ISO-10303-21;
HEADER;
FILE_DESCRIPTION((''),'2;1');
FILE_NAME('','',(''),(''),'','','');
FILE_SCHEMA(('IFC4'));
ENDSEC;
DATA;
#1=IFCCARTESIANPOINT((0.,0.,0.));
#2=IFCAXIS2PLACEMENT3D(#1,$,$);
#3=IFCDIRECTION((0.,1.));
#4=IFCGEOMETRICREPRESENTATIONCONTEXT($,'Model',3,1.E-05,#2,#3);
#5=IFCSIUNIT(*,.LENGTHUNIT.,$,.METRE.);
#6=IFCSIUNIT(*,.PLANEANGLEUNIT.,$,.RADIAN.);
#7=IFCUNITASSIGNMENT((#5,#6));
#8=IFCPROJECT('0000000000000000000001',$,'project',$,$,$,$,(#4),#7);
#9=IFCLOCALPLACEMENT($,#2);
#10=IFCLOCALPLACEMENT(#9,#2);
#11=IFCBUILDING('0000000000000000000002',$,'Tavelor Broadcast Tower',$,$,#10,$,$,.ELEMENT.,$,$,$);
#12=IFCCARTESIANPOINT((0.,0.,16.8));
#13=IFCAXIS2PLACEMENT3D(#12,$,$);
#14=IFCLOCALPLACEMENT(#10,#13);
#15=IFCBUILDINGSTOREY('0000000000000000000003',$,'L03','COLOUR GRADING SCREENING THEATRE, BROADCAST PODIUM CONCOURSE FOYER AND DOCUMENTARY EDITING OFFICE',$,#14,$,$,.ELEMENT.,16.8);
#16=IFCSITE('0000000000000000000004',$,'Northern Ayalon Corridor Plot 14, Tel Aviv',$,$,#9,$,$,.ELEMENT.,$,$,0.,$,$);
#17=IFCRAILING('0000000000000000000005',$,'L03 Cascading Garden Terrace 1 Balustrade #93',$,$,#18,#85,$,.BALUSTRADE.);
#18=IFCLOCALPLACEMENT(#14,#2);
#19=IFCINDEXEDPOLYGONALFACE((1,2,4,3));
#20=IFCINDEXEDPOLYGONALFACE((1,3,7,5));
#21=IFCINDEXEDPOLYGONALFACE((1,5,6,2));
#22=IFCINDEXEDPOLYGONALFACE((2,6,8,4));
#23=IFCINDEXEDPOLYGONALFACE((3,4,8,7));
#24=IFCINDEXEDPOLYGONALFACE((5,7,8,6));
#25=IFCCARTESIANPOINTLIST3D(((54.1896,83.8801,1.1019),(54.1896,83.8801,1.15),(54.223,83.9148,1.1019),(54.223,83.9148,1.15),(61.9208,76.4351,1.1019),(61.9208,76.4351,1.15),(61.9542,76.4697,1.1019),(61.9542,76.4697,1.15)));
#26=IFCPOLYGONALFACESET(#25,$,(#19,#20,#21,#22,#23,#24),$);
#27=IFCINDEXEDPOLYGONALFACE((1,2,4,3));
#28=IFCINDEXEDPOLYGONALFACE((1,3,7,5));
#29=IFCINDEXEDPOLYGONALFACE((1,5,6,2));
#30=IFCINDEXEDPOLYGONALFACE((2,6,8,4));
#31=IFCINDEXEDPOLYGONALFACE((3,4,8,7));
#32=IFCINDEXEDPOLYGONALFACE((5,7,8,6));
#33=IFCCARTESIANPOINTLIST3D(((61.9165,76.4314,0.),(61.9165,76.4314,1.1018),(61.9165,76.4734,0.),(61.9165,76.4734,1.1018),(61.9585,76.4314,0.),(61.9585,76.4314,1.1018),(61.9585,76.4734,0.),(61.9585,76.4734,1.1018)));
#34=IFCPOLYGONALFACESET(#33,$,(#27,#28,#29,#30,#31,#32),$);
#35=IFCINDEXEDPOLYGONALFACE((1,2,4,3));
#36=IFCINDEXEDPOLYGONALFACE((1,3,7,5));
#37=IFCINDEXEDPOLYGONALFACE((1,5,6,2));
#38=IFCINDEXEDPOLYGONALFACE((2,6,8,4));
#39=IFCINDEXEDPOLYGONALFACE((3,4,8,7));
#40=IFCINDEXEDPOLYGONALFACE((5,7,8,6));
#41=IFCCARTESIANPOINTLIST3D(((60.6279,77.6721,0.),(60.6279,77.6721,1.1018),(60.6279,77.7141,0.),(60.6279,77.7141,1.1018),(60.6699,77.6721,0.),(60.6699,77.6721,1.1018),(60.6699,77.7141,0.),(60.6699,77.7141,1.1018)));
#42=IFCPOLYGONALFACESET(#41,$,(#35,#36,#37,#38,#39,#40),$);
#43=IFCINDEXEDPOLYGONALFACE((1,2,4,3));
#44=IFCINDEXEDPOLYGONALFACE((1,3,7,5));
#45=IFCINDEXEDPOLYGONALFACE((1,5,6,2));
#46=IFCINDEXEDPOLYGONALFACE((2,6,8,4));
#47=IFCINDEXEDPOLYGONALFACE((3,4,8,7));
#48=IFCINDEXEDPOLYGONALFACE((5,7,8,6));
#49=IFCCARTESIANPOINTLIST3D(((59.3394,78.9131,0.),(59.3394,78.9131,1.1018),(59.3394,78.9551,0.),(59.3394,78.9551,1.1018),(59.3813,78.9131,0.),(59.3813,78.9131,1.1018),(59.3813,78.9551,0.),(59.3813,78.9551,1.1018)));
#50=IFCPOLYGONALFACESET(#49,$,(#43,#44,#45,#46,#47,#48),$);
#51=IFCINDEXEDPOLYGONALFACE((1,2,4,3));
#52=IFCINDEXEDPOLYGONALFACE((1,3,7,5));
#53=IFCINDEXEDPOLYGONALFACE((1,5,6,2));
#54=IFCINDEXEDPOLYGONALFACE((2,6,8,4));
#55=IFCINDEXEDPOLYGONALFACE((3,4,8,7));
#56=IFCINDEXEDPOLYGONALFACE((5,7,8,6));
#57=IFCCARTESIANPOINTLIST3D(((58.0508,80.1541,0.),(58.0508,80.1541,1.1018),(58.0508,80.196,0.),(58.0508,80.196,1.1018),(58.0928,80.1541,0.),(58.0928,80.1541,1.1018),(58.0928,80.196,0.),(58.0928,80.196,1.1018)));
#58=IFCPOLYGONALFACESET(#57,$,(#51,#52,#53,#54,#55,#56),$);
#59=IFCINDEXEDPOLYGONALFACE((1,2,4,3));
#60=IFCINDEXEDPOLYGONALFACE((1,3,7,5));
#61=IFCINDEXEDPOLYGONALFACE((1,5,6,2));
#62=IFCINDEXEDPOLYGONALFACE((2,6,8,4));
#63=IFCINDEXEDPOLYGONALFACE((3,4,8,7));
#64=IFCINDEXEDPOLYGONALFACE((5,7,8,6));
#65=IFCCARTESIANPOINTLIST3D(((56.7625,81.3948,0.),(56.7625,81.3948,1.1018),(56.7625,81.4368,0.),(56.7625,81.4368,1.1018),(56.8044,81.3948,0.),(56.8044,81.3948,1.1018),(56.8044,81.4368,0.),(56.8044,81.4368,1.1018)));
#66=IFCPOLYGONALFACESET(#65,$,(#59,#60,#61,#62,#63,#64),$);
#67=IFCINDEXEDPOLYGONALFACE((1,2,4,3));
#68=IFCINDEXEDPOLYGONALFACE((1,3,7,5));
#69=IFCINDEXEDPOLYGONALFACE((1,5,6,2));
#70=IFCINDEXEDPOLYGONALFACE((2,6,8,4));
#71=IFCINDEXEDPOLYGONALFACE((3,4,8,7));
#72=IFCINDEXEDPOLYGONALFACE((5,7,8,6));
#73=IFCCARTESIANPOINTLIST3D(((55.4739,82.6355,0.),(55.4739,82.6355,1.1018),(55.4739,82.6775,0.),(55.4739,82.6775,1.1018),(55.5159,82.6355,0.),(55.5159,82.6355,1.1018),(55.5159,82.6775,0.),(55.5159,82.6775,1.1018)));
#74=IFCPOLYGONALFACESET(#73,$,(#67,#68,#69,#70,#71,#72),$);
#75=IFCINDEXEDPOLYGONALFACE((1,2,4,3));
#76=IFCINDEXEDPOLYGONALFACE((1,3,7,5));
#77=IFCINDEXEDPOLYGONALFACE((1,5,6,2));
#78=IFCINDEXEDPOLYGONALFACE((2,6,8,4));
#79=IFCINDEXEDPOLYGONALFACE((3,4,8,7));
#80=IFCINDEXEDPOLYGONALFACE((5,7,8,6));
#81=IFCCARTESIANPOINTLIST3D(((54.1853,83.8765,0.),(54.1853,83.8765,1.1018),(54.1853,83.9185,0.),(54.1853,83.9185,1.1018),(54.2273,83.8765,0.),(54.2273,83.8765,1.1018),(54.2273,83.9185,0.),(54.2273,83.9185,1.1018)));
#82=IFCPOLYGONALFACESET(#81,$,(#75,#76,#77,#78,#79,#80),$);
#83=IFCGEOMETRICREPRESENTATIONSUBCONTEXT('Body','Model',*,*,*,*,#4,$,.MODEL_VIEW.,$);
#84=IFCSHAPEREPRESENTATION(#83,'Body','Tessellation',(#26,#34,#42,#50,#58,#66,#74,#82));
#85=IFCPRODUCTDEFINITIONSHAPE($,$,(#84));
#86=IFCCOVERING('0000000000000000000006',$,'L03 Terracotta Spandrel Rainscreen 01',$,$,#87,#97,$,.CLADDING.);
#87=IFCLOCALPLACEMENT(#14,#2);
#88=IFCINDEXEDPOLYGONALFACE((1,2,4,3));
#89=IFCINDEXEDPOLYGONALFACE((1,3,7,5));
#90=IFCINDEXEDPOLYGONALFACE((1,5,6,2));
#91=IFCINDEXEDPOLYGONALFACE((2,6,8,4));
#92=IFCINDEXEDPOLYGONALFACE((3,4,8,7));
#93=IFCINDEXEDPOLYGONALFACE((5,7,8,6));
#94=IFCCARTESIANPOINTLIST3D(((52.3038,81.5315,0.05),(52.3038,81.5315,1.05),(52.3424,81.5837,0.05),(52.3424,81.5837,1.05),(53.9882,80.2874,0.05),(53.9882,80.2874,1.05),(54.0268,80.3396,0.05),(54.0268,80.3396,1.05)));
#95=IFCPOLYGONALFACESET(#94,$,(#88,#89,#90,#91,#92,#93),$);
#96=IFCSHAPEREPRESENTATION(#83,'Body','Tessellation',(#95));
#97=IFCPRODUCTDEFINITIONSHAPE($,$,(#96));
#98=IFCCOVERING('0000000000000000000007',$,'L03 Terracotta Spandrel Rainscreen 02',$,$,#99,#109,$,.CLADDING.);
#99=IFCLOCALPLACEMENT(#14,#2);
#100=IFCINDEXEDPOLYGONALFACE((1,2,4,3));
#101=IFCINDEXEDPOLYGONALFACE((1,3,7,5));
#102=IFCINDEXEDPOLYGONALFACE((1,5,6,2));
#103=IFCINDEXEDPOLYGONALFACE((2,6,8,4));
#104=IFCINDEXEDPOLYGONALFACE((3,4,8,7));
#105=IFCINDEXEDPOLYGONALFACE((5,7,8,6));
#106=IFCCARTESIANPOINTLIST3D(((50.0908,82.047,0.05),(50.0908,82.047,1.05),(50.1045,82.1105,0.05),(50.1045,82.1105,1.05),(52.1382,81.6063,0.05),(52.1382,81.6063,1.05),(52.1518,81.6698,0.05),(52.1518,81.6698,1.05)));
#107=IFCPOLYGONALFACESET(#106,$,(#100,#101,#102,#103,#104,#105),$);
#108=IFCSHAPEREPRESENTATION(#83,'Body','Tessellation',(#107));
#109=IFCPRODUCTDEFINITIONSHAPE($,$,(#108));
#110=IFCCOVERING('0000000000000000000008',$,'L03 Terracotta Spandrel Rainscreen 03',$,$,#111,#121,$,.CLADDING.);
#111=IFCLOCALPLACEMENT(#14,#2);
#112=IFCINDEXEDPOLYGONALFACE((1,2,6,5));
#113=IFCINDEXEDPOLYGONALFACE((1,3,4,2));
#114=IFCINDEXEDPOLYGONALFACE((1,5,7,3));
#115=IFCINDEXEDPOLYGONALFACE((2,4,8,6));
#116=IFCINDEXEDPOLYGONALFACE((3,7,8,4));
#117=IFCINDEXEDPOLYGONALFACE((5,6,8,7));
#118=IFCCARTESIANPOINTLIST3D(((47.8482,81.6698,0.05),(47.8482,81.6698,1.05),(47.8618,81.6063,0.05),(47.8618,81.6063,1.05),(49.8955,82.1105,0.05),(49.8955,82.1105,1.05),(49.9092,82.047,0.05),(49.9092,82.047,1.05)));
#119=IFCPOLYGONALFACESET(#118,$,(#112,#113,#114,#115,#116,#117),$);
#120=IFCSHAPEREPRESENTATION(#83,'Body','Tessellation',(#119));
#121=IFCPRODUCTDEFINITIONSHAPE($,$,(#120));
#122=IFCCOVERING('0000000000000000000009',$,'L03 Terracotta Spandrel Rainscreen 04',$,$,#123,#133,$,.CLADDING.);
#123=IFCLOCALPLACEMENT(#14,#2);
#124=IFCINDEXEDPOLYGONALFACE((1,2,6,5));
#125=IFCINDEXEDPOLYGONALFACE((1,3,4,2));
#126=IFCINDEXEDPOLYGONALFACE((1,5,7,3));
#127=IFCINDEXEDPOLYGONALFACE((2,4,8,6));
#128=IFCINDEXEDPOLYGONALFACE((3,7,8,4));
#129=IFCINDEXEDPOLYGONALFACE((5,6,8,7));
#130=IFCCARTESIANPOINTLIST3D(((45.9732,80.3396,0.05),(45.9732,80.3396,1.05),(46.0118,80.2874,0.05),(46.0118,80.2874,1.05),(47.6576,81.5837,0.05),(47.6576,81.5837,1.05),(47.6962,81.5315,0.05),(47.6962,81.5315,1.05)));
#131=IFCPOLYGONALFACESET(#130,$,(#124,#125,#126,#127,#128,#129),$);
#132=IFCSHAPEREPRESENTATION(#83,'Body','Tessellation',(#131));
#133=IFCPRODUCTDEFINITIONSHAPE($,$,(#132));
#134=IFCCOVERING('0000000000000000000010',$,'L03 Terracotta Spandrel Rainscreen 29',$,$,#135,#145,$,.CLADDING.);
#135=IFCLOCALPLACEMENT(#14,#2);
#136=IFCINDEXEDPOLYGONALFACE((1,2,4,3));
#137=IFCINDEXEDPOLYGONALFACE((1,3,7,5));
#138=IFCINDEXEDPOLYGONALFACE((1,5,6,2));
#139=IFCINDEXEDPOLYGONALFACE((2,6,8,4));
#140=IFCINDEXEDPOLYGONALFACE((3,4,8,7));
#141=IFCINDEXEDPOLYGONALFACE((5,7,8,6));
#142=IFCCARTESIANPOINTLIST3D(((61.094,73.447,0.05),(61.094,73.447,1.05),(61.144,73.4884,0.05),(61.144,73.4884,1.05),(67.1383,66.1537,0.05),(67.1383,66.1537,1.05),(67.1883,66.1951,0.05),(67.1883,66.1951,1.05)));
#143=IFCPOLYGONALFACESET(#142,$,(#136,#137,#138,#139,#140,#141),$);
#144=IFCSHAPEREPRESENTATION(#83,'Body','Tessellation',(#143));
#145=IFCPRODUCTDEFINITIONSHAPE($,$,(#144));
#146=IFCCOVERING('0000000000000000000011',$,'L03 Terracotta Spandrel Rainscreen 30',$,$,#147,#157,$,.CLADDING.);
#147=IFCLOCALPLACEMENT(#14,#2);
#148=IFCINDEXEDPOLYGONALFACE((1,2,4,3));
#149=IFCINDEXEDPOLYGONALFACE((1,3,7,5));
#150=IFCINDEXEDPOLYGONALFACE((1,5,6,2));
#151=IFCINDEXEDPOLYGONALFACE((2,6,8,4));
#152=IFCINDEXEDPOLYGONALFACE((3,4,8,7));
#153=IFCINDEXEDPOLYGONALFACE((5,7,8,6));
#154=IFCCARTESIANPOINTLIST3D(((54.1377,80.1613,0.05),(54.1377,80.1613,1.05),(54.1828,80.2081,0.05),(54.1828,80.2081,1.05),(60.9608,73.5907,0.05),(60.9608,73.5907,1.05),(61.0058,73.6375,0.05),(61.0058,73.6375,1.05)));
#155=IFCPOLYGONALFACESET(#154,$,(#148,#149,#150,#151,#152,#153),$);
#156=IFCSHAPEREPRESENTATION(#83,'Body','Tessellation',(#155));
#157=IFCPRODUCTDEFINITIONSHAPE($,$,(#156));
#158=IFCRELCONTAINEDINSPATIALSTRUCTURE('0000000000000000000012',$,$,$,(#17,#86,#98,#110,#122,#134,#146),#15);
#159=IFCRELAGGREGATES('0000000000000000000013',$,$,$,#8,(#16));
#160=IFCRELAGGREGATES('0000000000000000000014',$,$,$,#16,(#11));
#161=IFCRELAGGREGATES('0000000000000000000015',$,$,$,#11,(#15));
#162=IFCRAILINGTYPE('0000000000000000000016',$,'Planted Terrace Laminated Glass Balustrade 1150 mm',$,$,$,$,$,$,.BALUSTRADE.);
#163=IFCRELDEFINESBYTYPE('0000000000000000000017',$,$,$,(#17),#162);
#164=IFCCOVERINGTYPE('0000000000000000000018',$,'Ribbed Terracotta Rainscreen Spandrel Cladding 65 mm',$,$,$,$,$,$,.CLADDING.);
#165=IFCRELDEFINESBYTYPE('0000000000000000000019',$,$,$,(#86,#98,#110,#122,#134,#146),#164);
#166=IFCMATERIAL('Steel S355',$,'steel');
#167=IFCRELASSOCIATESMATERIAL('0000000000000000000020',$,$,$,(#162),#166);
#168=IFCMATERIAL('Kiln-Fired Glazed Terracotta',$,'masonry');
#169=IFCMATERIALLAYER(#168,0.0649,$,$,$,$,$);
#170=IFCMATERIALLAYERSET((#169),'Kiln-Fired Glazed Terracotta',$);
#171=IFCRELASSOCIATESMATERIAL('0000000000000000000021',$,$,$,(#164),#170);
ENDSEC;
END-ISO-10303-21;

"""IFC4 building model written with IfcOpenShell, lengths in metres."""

from ifc_helpers import new_model, si_unit, direction, frame, origin, origin_2d, place, context, subcontext, project, spatial, rectangle, extrude, material, layer, layer_set, type_object, element, save


model = new_model("IFC4")

# Units and contexts
model_context = context("Model", 3, precision=1e-05, world=origin(), true_north=direction((0.0, 1.0)))
body_context = subcontext(model_context, "Body", "Model", "MODEL_VIEW")
ifc_project = project(units=[si_unit("LENGTHUNIT", "METRE"), si_unit("PLANEANGLEUNIT", "RADIAN")], contexts=[model_context])

# Site, building, storey
site_placement = place(None, origin())
site = spatial("IfcSite", under=ifc_project, at=site_placement, Name="Northern Ayalon Corridor Plot 14, Tel Aviv", CompositionType="ELEMENT", RefElevation=0.0)
building_placement = place(site_placement, origin())
building = spatial("IfcBuilding", under=site, at=building_placement, Name="Tavelor Broadcast Tower", CompositionType="ELEMENT")
storey_placement = place(building_placement, frame((0.0, 0.0, 16.8)))
storey = spatial("IfcBuildingStorey", under=building, at=storey_placement, Name="L03", Description="COLOUR GRADING SCREENING THEATRE, BROADCAST PODIUM CONCOURSE FOYER AND DOCUMENTARY EDITING OFFICE", CompositionType="ELEMENT", Elevation=16.8)

# Shared definitions
ifc_material_1 = material(Name="Steel S355", Category="steel")

# Railing
railing_type = type_object("IfcRailingType", Name="Planted Terrace Laminated Glass Balustrade 1150 mm", PredefinedType="BALUSTRADE", material=ifc_material_1)
railing_1_placement = place(storey_placement, frame((61.9375, 76.4524, 0.0)))
element("IfcRailing", 1, at=railing_1_placement, inside=storey, type_object=railing_type, Name="L03 Cascading Garden Terrace 1 Balustrade #93", PredefinedType="BALUSTRADE", context=body_context, shape_type="SweptSolid", body=[
    extrude(rectangle(XDim=0.0481, YDim=0.0481, at=origin_2d()), frame((0.0, 0.0, 1.126), z_axis=(-0.720311, 0.693652, 0.0), x_axis=(-0.693652, -0.720311, 0.0)), (0.0, 0.0, 1.0), 10.7332),
    extrude(rectangle(XDim=0.042, YDim=0.042, at=origin_2d()), origin(), (0.0, 0.0, 1.0), 1.1018),
    extrude(rectangle(XDim=0.042, YDim=0.042, at=origin_2d()), frame((-1.2886, 1.2407, 0.0)), (0.0, 0.0, 1.0), 1.1018),
    extrude(rectangle(XDim=0.042, YDim=0.042, at=origin_2d()), frame((-2.5771, 2.4817, 0.0)), (0.0, 0.0, 1.0), 1.1018),
    extrude(rectangle(XDim=0.042, YDim=0.042, at=origin_2d()), frame((-3.8657, 3.7227, 0.0)), (0.0, 0.0, 1.0), 1.1018),
    extrude(rectangle(XDim=0.042, YDim=0.042, at=origin_2d()), frame((-5.1541, 4.9634, 0.0)), (0.0, 0.0, 1.0), 1.1018),
    extrude(rectangle(XDim=0.042, YDim=0.042, at=origin_2d()), frame((-6.4426, 6.2041, 0.0)), (0.0, 0.0, 1.0), 1.1018),
    extrude(rectangle(XDim=0.042, YDim=0.042, at=origin_2d()), frame((-7.7312, 7.4451, 0.0)), (0.0, 0.0, 1.0), 1.1018),
])

# Coverings
ifc_material_2 = material(Name="Kiln-Fired Glazed Terracotta", Category="masonry")
ifc_layer_1 = layer(ifc_material_2, 0.0649)
ifc_layer_set_1 = layer_set([ifc_layer_1], Name="Kiln-Fired Glazed Terracotta")
covering_type = type_object("IfcCoveringType", Name="Ribbed Terracotta Rainscreen Spandrel Cladding 65 mm", PredefinedType="CLADDING", material=ifc_layer_set_1)
covering_1_placement = place(storey_placement, frame((53.1653, 80.9355, 0.05), z_axis=(0.0, 0.0, 1.0), x_axis=(-0.804376, 0.594121, 0.0)))
element("IfcCovering", 2, at=covering_1_placement, inside=storey, type_object=covering_type, Name="L03 Terracotta Spandrel Rainscreen 01", PredefinedType="CLADDING", context=body_context, shape_type="SweptSolid", body=[
    extrude(rectangle(XDim=2.094, YDim=0.0649, at=origin_2d()), origin(), (0.0, 0.0, 1.0), 1.0),
])
for number, where, z_axis, x_axis, name in (
    (3, (51.1213, 81.8584, 0.05), (0.0, 0.0, 1.0), (-0.9776, 0.210472, 0.0), "L03 Terracotta Spandrel Rainscreen 02"),
    (4, (48.8787, 81.8584, 0.05), (0.0, 0.0, 1.0), (-0.9776, -0.210472, 0.0), "L03 Terracotta Spandrel Rainscreen 03"),
):
    element("IfcCovering", number, at=place(storey_placement, frame(where, z_axis=z_axis, x_axis=x_axis)), inside=storey, type_object=covering_type, Name=name, PredefinedType="CLADDING", context=body_context, shape_type="SweptSolid", body=[
        extrude(rectangle(XDim=2.0942, YDim=0.0649, at=origin_2d()), origin(), (0.0, 0.0, 1.0), 1.0),
    ])
covering_2_placement = place(storey_placement, frame((46.8347, 80.9355, 0.05), z_axis=(0.0, 0.0, 1.0), x_axis=(-0.804376, -0.594121, 0.0)))
element("IfcCovering", 5, at=covering_2_placement, inside=storey, type_object=covering_type, Name="L03 Terracotta Spandrel Rainscreen 04", PredefinedType="CLADDING", context=body_context, shape_type="SweptSolid", body=[
    extrude(rectangle(XDim=2.094, YDim=0.0649, at=origin_2d()), origin(), (0.0, 0.0, 1.0), 1.0),
])
for number, where, z_axis, x_axis, name in (
    (6, (64.1411, 69.821, 0.05), (0.0, 0.0, 1.0), (-0.638096, 0.769957, 0.0), "L03 Terracotta Spandrel Rainscreen 29"),
    (7, (57.5718, 76.8994, 0.05), (0.0, 0.0, 1.0), (-0.720309, 0.693653, 0.0), "L03 Terracotta Spandrel Rainscreen 30"),
):
    element("IfcCovering", number, at=place(storey_placement, frame(where, z_axis=z_axis, x_axis=x_axis)), inside=storey, type_object=covering_type, Name=name, PredefinedType="CLADDING", context=body_context, shape_type="SweptSolid", body=[
        extrude(rectangle(XDim=9.4724, YDim=0.0649, at=origin_2d()), origin(), (0.0, 0.0, 1.0), 1.0),
    ])

save(model, "model.ifc")
